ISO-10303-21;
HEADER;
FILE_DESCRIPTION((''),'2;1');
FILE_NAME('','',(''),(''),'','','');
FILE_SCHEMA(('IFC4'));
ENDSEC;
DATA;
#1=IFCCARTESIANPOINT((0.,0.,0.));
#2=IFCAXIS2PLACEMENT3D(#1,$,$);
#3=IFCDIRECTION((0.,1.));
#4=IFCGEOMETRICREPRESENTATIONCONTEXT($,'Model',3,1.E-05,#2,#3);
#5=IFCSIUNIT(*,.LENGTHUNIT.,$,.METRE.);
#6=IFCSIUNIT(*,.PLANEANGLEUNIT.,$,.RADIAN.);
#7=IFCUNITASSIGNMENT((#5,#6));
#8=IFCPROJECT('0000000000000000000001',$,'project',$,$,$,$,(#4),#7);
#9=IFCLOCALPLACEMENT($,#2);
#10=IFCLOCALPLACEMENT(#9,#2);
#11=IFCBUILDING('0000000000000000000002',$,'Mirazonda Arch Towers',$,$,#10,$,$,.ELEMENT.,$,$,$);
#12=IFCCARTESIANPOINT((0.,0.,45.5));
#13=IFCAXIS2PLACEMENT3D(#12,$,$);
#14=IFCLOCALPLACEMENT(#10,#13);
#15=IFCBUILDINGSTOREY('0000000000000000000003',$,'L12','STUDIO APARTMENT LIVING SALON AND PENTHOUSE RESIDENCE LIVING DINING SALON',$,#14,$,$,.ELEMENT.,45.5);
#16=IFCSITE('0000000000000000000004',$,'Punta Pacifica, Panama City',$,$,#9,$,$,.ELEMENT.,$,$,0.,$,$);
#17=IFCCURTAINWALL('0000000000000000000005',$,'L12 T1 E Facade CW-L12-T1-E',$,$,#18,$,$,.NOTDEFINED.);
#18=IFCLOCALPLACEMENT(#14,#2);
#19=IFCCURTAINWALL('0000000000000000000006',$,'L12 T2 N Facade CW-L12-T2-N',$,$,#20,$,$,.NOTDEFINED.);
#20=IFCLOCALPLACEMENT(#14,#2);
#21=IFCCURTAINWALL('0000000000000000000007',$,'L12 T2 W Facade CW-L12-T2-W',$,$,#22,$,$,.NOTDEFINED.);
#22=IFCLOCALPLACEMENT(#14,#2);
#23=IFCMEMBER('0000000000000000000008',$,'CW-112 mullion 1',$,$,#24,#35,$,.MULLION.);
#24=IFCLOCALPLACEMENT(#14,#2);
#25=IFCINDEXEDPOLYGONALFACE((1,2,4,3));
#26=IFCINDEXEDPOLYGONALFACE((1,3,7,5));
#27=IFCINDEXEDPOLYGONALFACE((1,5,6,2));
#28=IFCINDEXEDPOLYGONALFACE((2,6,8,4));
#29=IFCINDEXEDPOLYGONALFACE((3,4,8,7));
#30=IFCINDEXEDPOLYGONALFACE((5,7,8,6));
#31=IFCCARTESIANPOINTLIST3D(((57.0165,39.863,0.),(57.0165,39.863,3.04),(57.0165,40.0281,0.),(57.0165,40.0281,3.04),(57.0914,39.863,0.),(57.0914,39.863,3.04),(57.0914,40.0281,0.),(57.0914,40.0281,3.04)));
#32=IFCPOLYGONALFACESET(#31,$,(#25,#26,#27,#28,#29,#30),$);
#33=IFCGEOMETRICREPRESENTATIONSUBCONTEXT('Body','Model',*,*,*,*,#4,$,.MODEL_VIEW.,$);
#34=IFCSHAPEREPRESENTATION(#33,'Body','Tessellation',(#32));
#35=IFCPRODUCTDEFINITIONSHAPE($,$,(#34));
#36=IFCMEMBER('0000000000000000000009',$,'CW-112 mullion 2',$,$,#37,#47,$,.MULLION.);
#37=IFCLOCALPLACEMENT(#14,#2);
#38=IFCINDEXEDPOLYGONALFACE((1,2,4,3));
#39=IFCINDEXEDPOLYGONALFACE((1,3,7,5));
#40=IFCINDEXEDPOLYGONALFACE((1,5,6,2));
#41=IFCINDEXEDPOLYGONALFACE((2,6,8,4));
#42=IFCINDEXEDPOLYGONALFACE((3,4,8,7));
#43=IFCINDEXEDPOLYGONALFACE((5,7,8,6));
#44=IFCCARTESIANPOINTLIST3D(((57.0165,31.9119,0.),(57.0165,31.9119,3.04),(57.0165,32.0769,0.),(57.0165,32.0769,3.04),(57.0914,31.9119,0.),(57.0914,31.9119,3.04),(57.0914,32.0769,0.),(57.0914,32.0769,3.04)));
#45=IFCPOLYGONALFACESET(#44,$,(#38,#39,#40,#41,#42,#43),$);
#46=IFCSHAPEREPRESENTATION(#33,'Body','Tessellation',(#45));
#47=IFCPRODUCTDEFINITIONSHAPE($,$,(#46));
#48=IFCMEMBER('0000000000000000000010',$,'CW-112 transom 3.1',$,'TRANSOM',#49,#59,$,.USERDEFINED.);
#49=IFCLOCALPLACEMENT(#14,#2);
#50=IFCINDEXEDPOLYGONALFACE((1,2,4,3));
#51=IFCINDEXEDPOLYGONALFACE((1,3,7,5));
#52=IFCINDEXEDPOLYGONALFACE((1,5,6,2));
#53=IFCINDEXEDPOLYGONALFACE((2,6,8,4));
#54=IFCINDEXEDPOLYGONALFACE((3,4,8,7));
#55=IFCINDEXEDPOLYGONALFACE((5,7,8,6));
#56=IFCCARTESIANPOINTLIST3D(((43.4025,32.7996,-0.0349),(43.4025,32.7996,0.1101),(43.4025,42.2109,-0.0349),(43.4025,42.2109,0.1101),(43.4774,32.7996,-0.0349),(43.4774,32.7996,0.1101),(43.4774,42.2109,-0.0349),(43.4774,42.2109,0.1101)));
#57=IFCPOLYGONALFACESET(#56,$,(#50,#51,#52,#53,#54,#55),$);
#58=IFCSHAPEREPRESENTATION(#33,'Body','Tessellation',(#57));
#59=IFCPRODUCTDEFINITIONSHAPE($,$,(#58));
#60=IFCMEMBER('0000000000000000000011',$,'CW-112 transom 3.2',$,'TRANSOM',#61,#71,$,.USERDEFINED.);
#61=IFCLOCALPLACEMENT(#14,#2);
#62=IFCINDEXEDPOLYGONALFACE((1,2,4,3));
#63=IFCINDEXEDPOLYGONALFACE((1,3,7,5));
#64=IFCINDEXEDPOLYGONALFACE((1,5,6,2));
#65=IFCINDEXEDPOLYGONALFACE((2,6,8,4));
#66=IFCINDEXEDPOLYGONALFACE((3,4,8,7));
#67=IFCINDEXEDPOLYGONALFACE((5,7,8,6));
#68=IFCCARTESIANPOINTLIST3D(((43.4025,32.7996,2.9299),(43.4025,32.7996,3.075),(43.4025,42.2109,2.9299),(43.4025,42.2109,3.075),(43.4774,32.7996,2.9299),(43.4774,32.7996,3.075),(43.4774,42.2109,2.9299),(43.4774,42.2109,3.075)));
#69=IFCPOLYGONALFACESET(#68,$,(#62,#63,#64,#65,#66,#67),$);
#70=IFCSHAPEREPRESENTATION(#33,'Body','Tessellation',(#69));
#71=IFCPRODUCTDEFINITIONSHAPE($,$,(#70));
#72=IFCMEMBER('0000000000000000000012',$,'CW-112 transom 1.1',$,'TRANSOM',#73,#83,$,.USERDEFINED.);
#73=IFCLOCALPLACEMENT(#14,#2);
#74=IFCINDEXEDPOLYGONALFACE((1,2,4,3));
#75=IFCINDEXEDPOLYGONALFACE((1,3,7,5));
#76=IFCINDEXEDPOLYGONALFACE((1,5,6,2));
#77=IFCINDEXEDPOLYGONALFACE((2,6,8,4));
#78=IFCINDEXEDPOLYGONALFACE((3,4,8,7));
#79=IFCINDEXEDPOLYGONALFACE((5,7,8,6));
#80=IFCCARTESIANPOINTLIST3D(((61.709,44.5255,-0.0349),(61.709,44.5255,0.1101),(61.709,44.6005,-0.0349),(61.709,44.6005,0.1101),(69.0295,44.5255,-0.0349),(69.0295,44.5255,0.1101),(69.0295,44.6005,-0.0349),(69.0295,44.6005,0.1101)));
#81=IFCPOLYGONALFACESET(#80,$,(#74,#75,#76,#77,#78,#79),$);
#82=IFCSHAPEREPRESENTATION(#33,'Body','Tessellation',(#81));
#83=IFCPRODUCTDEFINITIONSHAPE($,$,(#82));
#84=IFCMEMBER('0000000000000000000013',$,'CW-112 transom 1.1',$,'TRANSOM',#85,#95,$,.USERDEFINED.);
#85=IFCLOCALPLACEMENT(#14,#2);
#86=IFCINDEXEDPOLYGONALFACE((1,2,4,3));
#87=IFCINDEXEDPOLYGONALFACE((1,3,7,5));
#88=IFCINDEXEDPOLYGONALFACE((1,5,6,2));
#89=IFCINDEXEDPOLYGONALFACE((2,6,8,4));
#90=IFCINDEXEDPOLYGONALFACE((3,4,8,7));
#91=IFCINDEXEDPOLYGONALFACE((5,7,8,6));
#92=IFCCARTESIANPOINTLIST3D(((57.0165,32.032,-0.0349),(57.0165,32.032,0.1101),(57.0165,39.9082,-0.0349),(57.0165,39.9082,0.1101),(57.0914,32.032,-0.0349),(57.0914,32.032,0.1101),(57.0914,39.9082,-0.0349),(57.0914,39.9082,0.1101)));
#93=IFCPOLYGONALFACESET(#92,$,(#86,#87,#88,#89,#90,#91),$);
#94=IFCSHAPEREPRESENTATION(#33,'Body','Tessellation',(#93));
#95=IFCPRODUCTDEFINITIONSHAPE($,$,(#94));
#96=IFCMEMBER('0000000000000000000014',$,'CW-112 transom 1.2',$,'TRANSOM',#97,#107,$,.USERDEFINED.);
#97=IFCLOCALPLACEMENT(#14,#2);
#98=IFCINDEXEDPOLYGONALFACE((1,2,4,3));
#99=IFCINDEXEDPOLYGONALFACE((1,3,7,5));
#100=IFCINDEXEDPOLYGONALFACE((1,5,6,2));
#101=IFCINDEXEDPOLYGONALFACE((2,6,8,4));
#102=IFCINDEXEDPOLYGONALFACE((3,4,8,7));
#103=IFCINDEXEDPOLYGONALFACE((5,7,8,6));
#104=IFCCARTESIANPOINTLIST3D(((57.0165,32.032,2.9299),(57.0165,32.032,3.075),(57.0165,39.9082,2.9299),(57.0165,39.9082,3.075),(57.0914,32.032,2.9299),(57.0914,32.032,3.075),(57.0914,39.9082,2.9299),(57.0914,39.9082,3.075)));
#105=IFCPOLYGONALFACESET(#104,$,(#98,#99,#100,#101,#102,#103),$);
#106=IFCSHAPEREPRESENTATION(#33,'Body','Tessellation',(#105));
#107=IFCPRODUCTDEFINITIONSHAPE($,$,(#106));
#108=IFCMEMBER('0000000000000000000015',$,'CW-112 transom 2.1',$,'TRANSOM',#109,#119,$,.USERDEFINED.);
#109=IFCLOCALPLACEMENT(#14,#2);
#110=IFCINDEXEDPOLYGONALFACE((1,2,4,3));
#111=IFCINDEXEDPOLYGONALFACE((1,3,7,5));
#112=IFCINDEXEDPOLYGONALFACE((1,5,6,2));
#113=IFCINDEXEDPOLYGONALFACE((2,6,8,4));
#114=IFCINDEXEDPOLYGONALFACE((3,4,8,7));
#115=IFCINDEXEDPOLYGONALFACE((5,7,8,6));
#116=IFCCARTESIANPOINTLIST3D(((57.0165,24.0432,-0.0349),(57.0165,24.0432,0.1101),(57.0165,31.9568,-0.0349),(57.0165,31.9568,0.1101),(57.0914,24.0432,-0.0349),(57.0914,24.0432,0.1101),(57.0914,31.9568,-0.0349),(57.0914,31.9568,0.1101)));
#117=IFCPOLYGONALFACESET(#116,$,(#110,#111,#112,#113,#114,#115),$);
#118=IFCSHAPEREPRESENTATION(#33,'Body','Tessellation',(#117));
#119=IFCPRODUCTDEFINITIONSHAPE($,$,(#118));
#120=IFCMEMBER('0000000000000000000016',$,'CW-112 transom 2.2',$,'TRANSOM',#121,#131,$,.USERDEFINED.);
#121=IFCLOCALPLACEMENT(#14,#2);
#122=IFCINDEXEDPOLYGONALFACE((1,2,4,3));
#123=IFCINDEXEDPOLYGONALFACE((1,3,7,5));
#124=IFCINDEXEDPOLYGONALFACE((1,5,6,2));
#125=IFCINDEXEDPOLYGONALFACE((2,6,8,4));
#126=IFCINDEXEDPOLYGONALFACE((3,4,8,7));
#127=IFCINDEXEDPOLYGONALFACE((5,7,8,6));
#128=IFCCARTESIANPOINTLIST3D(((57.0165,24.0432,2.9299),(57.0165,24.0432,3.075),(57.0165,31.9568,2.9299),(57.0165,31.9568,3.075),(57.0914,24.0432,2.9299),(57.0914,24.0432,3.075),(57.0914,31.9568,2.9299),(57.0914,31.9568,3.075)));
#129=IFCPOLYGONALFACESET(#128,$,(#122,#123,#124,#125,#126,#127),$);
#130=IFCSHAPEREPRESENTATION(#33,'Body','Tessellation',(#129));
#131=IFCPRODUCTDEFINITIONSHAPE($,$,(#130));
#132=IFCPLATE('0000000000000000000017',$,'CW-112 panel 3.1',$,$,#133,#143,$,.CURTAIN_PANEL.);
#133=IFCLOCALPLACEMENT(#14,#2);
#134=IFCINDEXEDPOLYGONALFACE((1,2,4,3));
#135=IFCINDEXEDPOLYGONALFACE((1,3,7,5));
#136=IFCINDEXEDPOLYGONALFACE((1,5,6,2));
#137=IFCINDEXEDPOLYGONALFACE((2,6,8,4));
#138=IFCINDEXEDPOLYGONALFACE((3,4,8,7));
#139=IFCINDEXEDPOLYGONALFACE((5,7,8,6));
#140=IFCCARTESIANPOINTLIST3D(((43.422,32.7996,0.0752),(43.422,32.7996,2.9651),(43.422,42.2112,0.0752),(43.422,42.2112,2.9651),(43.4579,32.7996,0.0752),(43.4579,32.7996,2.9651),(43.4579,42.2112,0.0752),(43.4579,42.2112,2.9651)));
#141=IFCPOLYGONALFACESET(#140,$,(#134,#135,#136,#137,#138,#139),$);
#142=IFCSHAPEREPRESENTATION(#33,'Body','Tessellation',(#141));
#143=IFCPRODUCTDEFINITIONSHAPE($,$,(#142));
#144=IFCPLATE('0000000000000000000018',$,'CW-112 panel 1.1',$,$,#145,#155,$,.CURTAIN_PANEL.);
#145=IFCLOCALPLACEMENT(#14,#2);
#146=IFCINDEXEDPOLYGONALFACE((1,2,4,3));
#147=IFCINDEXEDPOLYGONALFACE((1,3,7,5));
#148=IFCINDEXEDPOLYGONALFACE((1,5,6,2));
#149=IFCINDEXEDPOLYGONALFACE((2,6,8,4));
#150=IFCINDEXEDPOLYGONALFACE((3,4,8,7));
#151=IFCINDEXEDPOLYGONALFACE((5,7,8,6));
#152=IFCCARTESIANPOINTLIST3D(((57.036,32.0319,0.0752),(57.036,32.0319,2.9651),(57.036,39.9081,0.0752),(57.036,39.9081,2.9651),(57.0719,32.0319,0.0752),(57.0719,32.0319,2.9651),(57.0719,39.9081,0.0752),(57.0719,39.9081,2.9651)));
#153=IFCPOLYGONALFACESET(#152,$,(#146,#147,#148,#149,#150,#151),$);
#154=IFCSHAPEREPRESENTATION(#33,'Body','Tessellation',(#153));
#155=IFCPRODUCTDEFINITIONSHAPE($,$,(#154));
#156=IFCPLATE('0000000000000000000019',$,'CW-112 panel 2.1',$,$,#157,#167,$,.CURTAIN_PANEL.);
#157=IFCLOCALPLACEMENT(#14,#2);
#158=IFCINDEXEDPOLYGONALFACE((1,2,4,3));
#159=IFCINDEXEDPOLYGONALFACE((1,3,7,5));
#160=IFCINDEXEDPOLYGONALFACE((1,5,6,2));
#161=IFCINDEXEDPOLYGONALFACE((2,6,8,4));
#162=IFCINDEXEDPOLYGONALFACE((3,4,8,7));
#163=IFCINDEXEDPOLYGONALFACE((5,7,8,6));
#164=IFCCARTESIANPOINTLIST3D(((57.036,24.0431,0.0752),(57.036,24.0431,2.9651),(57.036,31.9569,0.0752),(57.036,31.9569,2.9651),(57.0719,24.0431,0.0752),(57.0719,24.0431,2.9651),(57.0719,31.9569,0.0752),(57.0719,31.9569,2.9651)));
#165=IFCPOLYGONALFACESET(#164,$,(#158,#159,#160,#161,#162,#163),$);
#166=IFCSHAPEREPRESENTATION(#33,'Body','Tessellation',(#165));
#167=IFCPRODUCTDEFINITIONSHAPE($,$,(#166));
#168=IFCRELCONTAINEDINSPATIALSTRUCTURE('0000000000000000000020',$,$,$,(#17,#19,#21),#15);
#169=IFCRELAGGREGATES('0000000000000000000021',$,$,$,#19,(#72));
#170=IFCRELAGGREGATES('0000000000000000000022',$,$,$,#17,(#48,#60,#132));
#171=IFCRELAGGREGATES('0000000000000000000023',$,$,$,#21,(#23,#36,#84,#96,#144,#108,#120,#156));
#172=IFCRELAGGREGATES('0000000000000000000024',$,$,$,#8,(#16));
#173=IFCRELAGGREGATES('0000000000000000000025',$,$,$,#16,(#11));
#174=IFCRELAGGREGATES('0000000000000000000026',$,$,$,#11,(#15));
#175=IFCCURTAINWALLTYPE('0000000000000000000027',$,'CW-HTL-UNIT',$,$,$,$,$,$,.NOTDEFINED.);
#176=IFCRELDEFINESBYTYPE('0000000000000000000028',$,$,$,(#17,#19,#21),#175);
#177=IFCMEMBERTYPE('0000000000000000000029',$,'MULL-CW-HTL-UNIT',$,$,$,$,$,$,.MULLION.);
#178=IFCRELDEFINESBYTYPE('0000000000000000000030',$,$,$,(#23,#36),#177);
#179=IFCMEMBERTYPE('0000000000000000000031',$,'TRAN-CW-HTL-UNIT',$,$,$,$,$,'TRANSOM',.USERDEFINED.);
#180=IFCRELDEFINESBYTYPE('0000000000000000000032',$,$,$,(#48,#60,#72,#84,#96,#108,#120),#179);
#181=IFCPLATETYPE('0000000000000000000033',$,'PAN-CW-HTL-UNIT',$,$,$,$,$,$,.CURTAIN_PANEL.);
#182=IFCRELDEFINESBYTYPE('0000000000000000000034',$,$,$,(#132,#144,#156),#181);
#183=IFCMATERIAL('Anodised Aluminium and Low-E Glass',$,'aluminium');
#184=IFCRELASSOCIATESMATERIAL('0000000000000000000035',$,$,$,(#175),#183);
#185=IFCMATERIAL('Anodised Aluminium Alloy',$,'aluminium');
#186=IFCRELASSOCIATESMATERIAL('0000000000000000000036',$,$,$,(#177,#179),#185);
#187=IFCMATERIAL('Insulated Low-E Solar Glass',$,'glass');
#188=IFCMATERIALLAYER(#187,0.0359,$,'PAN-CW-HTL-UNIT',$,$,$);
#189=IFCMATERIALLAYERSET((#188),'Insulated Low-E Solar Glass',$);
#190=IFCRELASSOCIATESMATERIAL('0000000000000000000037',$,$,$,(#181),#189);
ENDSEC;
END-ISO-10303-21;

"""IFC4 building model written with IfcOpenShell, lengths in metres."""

from ifc_helpers import new_model, si_unit, direction, frame, origin, origin_2d, place, context, subcontext, project, spatial, rectangle, extrude, material, layer, layer_set, material_profile, profile_set, type_object, element, aggregate, save


model = new_model("IFC4")

# Units and contexts
model_context = context("Model", 3, precision=1e-05, world=origin(), true_north=direction((0.0, 1.0)))
body_context = subcontext(model_context, "Body", "Model", "MODEL_VIEW")
ifc_project = project(units=[si_unit("LENGTHUNIT", "METRE"), si_unit("PLANEANGLEUNIT", "RADIAN")], contexts=[model_context])

# Site, building, storey
site_placement = place(None, origin())
site = spatial("IfcSite", under=ifc_project, at=site_placement, Name="Punta Pacifica, Panama City", CompositionType="ELEMENT", RefElevation=0.0)
building_placement = place(site_placement, origin())
building = spatial("IfcBuilding", under=site, at=building_placement, Name="Mirazonda Arch Towers", CompositionType="ELEMENT")
storey_placement = place(building_placement, frame((0.0, 0.0, 45.5)))
storey = spatial("IfcBuildingStorey", under=building, at=storey_placement, Name="L12", Description="STUDIO APARTMENT LIVING SALON AND PENTHOUSE RESIDENCE LIVING DINING SALON", CompositionType="ELEMENT", Elevation=45.5)

# Curtain wall
ifc_material_1 = material(Name="Anodised Aluminium and Low-E Glass", Category="aluminium")
curtain_wall_type = type_object("IfcCurtainWallType", Name="CW-HTL-UNIT", PredefinedType="NOTDEFINED", material=ifc_material_1)
curtain_wall_1_placement = place(storey_placement, origin())
curtain_wall_1 = element("IfcCurtainWall", 1, at=curtain_wall_1_placement, inside=storey, type_object=curtain_wall_type, Name="L12 T1 E Facade CW-L12-T1-E", PredefinedType="NOTDEFINED")
ifc_material_2 = material(Name="Anodised Aluminium Alloy", Category="aluminium")
ifc_material_profile_1 = material_profile(ifc_material_2, rectangle(XDim=0.075, YDim=0.165, at=origin_2d()), Name="ALU-MULL-75x165")
ifc_profile_set_1 = profile_set([ifc_material_profile_1], Name="Anodised Aluminium Alloy")
member_type_1 = type_object("IfcMemberType", Name="MULL-CW-HTL-UNIT", PredefinedType="MULLION", material=ifc_profile_set_1)

# Curtain wall
curtain_wall_2_placement = place(storey_placement, origin())
curtain_wall_2 = element("IfcCurtainWall", 2, at=curtain_wall_2_placement, inside=storey, type_object=curtain_wall_type, Name="L12 T2 N Facade CW-L12-T2-N", PredefinedType="NOTDEFINED")

# Curtain wall, members
curtain_wall_3_placement = place(storey_placement, origin())
curtain_wall_3 = element("IfcCurtainWall", 3, at=curtain_wall_3_placement, inside=storey, type_object=curtain_wall_type, Name="L12 T2 W Facade CW-L12-T2-W", PredefinedType="NOTDEFINED")
member_1_placement = place(storey_placement, frame((57.054, 39.9456, 0.0), z_axis=(0.0, 0.0, 1.0), x_axis=(1.0, 0.0, 0.0)))
member_1 = element("IfcMember", 4, at=member_1_placement, type_object=member_type_1, Name="CW-112 mullion 1", PredefinedType="MULLION", context=body_context, shape_type="SweptSolid", body=[
    extrude(rectangle(XDim=0.075, YDim=0.165, at=origin_2d()), origin(), (0.0, 0.0, 1.0), 3.04),
])
member_2_placement = place(storey_placement, frame((57.054, 31.9944, 0.0), z_axis=(0.0, 0.0, 1.0), x_axis=(1.0, 0.0, 0.0)))
member_2 = element("IfcMember", 5, at=member_2_placement, type_object=member_type_1, Name="CW-112 mullion 2", PredefinedType="MULLION", context=body_context, shape_type="SweptSolid", body=[
    extrude(rectangle(XDim=0.075, YDim=0.165, at=origin_2d()), origin(), (0.0, 0.0, 1.0), 3.04),
])

# Members
ifc_material_profile_2 = material_profile(ifc_material_2, rectangle(XDim=0.075, YDim=0.145, at=origin_2d()), Name="ALU-TRAN-75x145")
ifc_profile_set_2 = profile_set([ifc_material_profile_2], Name="Anodised Aluminium Alloy")
member_type_2 = type_object("IfcMemberType", Name="TRAN-CW-HTL-UNIT", ElementType="TRANSOM", PredefinedType="USERDEFINED", material=ifc_profile_set_2)
member_3_placement = place(storey_placement, frame((43.4399, 32.7996, 0.0376), z_axis=(0.0, 1.0, 0.0), x_axis=(-1.0, 0.0, 0.0)))
member_3 = element("IfcMember", 6, at=member_3_placement, type_object=member_type_2, Name="CW-112 transom 3.1", ObjectType="TRANSOM", PredefinedType="USERDEFINED", context=body_context, shape_type="SweptSolid", body=[
    extrude(rectangle(XDim=0.075, YDim=0.145, at=origin_2d()), origin(), (0.0, 0.0, 1.0), 9.4114),
])
member_4_placement = place(storey_placement, frame((43.4399, 32.7996, 3.0024), z_axis=(0.0, 1.0, 0.0), x_axis=(-1.0, 0.0, 0.0)))
member_4 = element("IfcMember", 7, at=member_4_placement, type_object=member_type_2, Name="CW-112 transom 3.2", ObjectType="TRANSOM", PredefinedType="USERDEFINED", context=body_context, shape_type="SweptSolid", body=[
    extrude(rectangle(XDim=0.075, YDim=0.145, at=origin_2d()), origin(), (0.0, 0.0, 1.0), 9.4114),
])
member_5_placement = place(storey_placement, frame((61.709, 44.563, 0.0376), z_axis=(1.0, 0.0, 0.0), x_axis=(0.0, 1.0, 0.0)))
member_5 = element("IfcMember", 8, at=member_5_placement, type_object=member_type_2, Name="CW-112 transom 1.1", ObjectType="TRANSOM", PredefinedType="USERDEFINED", context=body_context, shape_type="SweptSolid", body=[
    extrude(rectangle(XDim=0.075, YDim=0.145, at=origin_2d()), origin(), (0.0, 0.0, 1.0), 7.3206),
])
aggregate(curtain_wall_2, [member_5])
member_6_placement = place(storey_placement, frame((57.054, 39.9082, 0.0376), z_axis=(0.0, -1.0, 0.0), x_axis=(1.0, 0.0, 0.0)))
member_6 = element("IfcMember", 9, at=member_6_placement, type_object=member_type_2, Name="CW-112 transom 1.1", ObjectType="TRANSOM", PredefinedType="USERDEFINED", context=body_context, shape_type="SweptSolid", body=[
    extrude(rectangle(XDim=0.075, YDim=0.145, at=origin_2d()), origin(), (0.0, 0.0, 1.0), 7.8762),
])
member_7_placement = place(storey_placement, frame((57.054, 39.9082, 3.0024), z_axis=(0.0, -1.0, 0.0), x_axis=(1.0, 0.0, 0.0)))
member_7 = element("IfcMember", 10, at=member_7_placement, type_object=member_type_2, Name="CW-112 transom 1.2", ObjectType="TRANSOM", PredefinedType="USERDEFINED", context=body_context, shape_type="SweptSolid", body=[
    extrude(rectangle(XDim=0.075, YDim=0.145, at=origin_2d()), origin(), (0.0, 0.0, 1.0), 7.8762),
])
member_8_placement = place(storey_placement, frame((57.054, 31.9568, 0.0376), z_axis=(0.0, -1.0, 0.0), x_axis=(1.0, 0.0, 0.0)))
member_8 = element("IfcMember", 11, at=member_8_placement, type_object=member_type_2, Name="CW-112 transom 2.1", ObjectType="TRANSOM", PredefinedType="USERDEFINED", context=body_context, shape_type="SweptSolid", body=[
    extrude(rectangle(XDim=0.075, YDim=0.145, at=origin_2d()), origin(), (0.0, 0.0, 1.0), 7.9136),
])
member_9_placement = place(storey_placement, frame((57.054, 31.9568, 3.0024), z_axis=(0.0, -1.0, 0.0), x_axis=(1.0, 0.0, 0.0)))
member_9 = element("IfcMember", 12, at=member_9_placement, type_object=member_type_2, Name="CW-112 transom 2.2", ObjectType="TRANSOM", PredefinedType="USERDEFINED", context=body_context, shape_type="SweptSolid", body=[
    extrude(rectangle(XDim=0.075, YDim=0.145, at=origin_2d()), origin(), (0.0, 0.0, 1.0), 7.9136),
])

# Plates
ifc_material_3 = material(Name="Insulated Low-E Solar Glass", Category="glass")
ifc_layer_1 = layer(ifc_material_3, 0.0359, Name="PAN-CW-HTL-UNIT")
ifc_layer_set_1 = layer_set([ifc_layer_1], Name="Insulated Low-E Solar Glass")
plate_type = type_object("IfcPlateType", Name="PAN-CW-HTL-UNIT", PredefinedType="CURTAIN_PANEL", material=ifc_layer_set_1)
plate_1_placement = place(storey_placement, frame((43.4399, 37.5054, 0.0752), z_axis=(0.0, 0.0, 1.0), x_axis=(0.0, 1.0, 0.0)))
plate_1 = element("IfcPlate", 13, at=plate_1_placement, type_object=plate_type, Name="CW-112 panel 3.1", PredefinedType="CURTAIN_PANEL", context=body_context, shape_type="SweptSolid", body=[
    extrude(rectangle(XDim=9.4116, YDim=0.0359, at=origin_2d()), origin(), (0.0, 0.0, 1.0), 2.8899),
])
aggregate(curtain_wall_1, [member_3, member_4, plate_1])
plate_2_placement = place(storey_placement, frame((57.054, 35.97, 0.0752), z_axis=(0.0, 0.0, 1.0), x_axis=(0.0, -1.0, 0.0)))
plate_2 = element("IfcPlate", 14, at=plate_2_placement, type_object=plate_type, Name="CW-112 panel 1.1", PredefinedType="CURTAIN_PANEL", context=body_context, shape_type="SweptSolid", body=[
    extrude(rectangle(XDim=7.8762, YDim=0.0359, at=origin_2d()), origin(), (0.0, 0.0, 1.0), 2.8899),
])
plate_3_placement = place(storey_placement, frame((57.054, 28.0, 0.0752), z_axis=(0.0, 0.0, 1.0), x_axis=(0.0, -1.0, 0.0)))
plate_3 = element("IfcPlate", 15, at=plate_3_placement, type_object=plate_type, Name="CW-112 panel 2.1", PredefinedType="CURTAIN_PANEL", context=body_context, shape_type="SweptSolid", body=[
    extrude(rectangle(XDim=7.9138, YDim=0.0359, at=origin_2d()), origin(), (0.0, 0.0, 1.0), 2.8899),
])
aggregate(curtain_wall_3, [member_1, member_2, member_6, member_7, plate_2, member_8, member_9, plate_3])

save(model, "model.ifc")
